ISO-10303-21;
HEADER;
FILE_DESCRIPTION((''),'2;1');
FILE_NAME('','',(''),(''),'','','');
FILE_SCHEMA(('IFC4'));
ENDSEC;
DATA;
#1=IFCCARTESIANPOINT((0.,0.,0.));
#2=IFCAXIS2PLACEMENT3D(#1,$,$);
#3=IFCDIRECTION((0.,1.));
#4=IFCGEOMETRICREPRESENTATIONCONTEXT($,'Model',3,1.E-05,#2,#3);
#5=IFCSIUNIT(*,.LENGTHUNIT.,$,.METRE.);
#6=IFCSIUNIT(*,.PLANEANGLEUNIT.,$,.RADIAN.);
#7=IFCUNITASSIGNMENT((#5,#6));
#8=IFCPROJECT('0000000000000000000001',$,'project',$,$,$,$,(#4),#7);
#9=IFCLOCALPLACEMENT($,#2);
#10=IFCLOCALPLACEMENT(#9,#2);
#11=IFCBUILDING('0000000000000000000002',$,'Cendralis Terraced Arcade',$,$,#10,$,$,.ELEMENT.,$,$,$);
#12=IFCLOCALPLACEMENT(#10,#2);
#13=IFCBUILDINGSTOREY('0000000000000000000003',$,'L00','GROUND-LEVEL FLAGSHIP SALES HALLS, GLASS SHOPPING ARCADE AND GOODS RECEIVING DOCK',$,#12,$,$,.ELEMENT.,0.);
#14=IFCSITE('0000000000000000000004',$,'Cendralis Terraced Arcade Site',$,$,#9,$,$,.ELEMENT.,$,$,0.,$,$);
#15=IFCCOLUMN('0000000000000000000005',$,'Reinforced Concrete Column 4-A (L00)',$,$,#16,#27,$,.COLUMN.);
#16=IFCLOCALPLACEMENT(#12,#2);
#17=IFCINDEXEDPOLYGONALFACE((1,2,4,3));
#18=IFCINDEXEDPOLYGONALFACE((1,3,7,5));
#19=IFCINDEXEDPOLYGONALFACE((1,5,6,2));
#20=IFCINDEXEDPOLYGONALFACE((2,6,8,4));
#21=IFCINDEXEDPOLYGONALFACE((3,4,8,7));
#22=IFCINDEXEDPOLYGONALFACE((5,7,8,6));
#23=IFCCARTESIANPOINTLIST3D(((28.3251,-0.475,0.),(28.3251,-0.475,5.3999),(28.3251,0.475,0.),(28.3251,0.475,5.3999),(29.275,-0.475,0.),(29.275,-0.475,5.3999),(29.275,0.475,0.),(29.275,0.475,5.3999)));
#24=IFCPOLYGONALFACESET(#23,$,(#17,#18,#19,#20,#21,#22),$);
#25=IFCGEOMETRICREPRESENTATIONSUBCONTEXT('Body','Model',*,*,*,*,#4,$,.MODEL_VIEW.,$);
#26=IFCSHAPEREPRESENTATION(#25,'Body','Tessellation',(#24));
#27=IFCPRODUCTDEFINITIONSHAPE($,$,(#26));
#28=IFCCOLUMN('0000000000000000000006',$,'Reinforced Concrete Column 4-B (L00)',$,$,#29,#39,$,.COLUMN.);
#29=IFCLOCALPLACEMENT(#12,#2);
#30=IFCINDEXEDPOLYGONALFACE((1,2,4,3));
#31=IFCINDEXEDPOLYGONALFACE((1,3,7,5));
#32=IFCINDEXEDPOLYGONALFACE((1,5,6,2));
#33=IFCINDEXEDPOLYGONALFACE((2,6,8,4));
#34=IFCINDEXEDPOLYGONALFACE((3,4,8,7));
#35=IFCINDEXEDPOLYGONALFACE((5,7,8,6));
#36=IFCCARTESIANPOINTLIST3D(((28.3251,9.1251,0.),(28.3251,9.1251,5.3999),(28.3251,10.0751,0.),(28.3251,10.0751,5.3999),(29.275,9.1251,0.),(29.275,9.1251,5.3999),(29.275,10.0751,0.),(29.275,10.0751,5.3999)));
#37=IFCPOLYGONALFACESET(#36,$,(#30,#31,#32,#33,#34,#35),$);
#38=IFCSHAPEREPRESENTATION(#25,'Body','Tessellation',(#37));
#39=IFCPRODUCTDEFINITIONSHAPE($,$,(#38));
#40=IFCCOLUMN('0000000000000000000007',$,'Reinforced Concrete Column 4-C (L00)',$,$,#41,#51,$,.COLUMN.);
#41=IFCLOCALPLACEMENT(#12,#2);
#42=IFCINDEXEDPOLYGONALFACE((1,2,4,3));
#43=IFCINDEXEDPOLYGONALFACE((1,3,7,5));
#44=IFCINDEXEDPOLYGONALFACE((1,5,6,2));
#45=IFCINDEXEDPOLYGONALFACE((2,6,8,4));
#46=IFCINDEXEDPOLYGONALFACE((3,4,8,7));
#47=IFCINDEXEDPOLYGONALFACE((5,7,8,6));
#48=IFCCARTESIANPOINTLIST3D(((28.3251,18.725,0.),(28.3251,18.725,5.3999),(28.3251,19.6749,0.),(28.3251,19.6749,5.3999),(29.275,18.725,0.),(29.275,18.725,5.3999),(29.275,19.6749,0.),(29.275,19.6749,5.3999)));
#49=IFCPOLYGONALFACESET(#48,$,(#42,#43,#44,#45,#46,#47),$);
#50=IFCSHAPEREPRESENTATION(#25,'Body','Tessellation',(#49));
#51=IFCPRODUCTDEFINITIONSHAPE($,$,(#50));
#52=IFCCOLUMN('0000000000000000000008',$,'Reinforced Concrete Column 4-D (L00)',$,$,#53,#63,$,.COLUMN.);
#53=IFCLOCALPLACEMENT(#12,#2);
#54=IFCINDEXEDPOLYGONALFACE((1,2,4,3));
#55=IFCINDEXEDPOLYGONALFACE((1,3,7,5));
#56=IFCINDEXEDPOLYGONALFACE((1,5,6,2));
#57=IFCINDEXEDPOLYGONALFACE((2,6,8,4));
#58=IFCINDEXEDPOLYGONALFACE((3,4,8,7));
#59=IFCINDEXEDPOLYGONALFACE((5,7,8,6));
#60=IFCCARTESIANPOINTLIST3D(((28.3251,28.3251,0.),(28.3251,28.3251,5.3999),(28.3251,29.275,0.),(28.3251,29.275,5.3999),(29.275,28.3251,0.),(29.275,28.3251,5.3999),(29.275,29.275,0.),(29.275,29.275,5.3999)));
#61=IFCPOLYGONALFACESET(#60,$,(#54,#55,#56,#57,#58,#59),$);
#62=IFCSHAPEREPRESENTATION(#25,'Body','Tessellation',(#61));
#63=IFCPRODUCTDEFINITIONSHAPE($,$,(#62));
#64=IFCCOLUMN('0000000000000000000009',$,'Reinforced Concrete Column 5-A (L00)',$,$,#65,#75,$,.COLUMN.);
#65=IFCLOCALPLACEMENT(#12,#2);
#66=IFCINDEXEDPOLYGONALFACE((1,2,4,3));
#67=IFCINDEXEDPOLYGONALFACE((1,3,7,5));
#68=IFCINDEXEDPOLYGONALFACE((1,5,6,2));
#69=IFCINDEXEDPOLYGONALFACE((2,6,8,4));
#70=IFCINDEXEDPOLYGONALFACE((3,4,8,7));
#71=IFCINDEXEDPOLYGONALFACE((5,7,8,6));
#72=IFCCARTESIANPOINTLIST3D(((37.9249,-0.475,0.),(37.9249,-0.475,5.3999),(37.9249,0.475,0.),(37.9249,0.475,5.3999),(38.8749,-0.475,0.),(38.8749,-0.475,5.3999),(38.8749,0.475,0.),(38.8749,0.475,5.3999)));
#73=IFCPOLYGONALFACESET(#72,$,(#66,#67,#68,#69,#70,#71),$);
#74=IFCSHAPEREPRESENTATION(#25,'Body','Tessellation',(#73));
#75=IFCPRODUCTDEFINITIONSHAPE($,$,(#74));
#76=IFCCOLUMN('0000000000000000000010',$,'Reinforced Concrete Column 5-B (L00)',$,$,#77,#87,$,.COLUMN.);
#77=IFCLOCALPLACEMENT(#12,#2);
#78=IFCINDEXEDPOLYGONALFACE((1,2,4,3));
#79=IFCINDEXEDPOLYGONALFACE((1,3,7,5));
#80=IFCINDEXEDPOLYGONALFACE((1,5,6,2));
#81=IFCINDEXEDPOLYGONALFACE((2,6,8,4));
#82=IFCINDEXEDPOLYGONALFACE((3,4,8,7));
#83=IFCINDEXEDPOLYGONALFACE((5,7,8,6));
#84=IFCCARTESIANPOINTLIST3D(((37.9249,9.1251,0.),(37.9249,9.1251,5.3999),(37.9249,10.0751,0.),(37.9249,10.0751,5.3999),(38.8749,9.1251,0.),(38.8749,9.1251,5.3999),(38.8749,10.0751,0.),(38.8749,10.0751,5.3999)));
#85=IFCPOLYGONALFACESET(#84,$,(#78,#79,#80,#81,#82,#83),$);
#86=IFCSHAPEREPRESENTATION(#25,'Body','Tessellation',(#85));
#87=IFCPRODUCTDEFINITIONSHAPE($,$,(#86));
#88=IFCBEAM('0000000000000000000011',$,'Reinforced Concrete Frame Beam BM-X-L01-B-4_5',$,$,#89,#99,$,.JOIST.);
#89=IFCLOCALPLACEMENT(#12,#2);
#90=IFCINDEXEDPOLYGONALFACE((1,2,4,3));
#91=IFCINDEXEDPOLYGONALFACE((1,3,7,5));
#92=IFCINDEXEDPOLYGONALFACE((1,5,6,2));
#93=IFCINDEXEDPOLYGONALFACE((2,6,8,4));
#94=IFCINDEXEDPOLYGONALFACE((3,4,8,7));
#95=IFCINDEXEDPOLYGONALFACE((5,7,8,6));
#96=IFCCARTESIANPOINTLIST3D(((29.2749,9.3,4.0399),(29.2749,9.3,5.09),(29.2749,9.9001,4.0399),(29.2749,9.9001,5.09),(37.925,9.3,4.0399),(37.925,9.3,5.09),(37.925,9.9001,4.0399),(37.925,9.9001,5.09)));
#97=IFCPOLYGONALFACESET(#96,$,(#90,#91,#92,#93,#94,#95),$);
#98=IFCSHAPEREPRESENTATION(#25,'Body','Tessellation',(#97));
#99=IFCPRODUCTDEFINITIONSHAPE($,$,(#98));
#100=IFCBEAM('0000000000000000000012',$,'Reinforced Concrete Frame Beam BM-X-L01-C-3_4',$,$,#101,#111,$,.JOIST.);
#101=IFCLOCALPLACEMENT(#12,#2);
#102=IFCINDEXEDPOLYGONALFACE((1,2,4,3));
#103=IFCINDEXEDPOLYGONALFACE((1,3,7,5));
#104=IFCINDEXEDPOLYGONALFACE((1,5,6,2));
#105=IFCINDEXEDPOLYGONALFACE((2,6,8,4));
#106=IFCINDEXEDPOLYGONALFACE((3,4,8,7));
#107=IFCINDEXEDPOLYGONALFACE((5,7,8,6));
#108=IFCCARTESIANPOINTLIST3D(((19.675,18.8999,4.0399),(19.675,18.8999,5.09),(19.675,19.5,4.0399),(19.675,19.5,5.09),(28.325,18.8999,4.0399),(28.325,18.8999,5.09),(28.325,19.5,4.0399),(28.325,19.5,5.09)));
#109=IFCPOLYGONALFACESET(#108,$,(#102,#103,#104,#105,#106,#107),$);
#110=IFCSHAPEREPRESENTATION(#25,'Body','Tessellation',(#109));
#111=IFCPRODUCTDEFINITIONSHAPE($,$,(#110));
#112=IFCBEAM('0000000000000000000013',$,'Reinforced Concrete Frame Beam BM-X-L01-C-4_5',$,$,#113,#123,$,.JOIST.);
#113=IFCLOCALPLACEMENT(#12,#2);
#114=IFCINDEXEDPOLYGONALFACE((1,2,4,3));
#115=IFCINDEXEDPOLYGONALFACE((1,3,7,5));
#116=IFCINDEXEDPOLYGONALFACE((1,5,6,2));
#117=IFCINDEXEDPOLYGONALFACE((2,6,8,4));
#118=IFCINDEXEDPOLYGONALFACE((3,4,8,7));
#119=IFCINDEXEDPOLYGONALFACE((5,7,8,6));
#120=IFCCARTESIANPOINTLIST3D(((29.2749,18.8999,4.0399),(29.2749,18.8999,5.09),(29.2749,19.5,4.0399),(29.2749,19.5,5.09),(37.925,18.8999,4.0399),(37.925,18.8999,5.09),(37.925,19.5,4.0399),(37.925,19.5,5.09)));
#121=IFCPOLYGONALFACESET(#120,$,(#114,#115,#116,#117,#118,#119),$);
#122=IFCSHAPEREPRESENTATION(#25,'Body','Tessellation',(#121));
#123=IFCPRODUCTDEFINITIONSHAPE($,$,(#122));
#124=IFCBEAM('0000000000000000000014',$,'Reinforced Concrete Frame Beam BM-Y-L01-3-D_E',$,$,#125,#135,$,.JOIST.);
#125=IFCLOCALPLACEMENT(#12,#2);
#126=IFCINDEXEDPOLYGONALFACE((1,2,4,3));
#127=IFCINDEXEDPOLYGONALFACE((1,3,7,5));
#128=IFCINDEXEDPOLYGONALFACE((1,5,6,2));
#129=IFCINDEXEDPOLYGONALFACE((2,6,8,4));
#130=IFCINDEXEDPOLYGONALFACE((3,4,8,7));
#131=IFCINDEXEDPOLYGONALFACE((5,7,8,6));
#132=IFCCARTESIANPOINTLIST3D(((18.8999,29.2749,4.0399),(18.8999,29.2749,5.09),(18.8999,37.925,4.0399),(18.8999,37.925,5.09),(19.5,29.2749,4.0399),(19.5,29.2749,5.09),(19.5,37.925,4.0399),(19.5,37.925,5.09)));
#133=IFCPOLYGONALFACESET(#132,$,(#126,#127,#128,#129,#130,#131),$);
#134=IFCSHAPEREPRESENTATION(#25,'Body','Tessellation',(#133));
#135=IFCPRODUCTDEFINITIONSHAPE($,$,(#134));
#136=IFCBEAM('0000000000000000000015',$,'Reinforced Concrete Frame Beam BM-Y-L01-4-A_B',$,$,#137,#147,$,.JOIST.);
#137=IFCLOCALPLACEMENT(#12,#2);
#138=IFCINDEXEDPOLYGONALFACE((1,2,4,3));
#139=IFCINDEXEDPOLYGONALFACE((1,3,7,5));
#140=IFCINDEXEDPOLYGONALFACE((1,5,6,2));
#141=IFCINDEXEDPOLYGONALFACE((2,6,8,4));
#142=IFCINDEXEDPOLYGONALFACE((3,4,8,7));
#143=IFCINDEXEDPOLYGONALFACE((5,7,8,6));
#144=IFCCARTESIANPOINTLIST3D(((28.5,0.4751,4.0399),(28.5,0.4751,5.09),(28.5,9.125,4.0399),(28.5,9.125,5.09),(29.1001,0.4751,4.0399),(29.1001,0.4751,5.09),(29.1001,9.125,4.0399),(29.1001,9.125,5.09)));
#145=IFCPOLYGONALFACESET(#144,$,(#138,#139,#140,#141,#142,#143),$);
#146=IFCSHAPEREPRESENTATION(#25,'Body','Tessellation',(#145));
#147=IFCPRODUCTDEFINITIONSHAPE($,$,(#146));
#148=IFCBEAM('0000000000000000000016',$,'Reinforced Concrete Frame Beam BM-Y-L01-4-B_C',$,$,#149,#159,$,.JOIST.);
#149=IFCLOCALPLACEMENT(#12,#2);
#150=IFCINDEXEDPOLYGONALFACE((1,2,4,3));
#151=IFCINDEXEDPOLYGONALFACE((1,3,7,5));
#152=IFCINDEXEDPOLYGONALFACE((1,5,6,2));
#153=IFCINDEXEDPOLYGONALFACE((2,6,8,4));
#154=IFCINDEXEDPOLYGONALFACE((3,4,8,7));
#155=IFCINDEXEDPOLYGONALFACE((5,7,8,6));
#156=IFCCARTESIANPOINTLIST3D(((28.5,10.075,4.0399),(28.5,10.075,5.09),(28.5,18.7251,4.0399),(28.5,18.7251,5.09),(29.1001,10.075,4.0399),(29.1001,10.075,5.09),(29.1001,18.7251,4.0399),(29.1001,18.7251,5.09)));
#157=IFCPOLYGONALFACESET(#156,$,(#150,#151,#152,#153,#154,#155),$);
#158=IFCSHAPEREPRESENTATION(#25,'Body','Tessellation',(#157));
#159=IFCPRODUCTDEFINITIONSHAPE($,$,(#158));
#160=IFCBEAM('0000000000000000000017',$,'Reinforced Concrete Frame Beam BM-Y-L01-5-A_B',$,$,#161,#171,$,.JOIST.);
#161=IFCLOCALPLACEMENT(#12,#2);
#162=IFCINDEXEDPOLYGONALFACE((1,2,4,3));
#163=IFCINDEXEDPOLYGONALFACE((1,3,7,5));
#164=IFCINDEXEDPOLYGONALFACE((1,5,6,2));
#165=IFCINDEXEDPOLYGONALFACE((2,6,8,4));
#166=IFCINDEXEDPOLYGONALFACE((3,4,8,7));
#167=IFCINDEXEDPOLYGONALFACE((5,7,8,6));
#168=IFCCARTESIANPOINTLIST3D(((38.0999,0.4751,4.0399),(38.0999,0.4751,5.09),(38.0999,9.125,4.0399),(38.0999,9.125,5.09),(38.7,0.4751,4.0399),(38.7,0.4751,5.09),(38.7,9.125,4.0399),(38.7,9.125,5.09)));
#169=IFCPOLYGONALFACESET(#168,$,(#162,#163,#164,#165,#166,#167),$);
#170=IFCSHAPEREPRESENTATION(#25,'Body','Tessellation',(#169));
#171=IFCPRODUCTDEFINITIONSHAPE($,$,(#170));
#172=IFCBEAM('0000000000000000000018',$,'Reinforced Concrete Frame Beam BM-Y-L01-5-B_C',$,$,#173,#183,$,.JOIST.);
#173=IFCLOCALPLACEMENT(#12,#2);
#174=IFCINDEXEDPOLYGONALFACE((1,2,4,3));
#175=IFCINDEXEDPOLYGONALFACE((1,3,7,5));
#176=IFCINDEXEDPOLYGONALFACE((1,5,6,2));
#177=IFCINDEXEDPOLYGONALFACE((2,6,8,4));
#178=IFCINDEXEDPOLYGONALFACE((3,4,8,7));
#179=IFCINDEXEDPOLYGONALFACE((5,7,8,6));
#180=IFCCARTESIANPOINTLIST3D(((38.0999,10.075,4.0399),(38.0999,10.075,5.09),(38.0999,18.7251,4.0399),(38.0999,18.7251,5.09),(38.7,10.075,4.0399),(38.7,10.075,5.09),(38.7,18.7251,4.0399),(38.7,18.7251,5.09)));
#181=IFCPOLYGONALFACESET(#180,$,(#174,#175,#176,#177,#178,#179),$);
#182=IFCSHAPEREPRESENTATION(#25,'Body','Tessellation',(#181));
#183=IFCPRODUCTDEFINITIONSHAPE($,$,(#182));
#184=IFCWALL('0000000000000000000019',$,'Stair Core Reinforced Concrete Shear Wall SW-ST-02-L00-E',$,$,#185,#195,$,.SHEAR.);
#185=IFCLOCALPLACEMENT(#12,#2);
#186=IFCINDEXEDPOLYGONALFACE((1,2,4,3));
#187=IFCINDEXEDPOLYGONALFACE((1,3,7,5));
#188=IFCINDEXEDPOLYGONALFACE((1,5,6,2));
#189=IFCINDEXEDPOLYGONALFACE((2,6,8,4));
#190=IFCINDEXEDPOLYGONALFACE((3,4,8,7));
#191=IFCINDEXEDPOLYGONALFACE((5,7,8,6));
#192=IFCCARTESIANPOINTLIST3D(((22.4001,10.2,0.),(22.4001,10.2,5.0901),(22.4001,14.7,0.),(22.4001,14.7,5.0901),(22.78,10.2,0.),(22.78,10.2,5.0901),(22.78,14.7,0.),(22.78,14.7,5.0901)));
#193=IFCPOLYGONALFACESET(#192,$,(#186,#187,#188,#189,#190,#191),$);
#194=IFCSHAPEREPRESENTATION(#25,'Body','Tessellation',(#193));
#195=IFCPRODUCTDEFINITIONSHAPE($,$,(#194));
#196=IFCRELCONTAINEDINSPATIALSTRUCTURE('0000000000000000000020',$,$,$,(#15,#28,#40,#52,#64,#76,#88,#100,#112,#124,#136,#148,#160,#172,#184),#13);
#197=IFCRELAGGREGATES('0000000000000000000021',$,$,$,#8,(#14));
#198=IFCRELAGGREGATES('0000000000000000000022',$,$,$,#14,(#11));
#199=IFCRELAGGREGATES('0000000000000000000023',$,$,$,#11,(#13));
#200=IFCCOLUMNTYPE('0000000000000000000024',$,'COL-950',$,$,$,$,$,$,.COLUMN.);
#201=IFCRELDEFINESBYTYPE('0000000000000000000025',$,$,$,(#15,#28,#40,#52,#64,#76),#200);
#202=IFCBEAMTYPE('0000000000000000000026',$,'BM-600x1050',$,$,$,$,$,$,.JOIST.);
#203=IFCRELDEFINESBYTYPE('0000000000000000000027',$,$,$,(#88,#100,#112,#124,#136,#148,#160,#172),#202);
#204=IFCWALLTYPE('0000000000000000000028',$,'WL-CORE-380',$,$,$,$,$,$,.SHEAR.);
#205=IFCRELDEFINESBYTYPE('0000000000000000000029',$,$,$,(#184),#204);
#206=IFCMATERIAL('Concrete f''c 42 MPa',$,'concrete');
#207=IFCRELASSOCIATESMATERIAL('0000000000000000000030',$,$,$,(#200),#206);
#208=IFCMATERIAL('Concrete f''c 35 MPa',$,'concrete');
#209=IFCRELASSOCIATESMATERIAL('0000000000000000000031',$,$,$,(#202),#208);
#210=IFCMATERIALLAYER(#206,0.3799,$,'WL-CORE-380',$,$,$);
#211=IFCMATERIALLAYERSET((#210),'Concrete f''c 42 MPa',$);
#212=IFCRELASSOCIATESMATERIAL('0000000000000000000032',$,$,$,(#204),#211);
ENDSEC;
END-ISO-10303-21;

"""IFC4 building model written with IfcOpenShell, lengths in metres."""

from ifc_helpers import new_model, si_unit, direction, frame, frame_2d, origin, origin_2d, place, context, subcontext, project, spatial, rectangle, extrude, material, layer, layer_set, material_profile, profile_set, type_object, element, save


model = new_model("IFC4")

# Units and contexts
model_context = context("Model", 3, precision=1e-05, world=origin(), true_north=direction((0.0, 1.0)))
body_context = subcontext(model_context, "Body", "Model", "MODEL_VIEW")
ifc_project = project(units=[si_unit("LENGTHUNIT", "METRE"), si_unit("PLANEANGLEUNIT", "RADIAN")], contexts=[model_context])

# Site, building, storey
site_placement = place(None, origin())
site = spatial("IfcSite", under=ifc_project, at=site_placement, Name="Cendralis Terraced Arcade Site", CompositionType="ELEMENT", RefElevation=0.0)
building_placement = place(site_placement, origin())
building = spatial("IfcBuilding", under=site, at=building_placement, Name="Cendralis Terraced Arcade", CompositionType="ELEMENT")
storey_placement = place(building_placement, origin())
storey = spatial("IfcBuildingStorey", under=building, at=storey_placement, Name="L00", Description="GROUND-LEVEL FLAGSHIP SALES HALLS, GLASS SHOPPING ARCADE AND GOODS RECEIVING DOCK", CompositionType="ELEMENT", Elevation=0.0)

# Columns
ifc_material_1 = material(Name="Concrete f'c 42 MPa", Category="concrete")
ifc_material_profile_1 = material_profile(ifc_material_1, rectangle(XDim=0.95, YDim=0.95, at=origin_2d()), Name="RC-COL-950x950", Category="LoadBearing")
ifc_profile_set_1 = profile_set([ifc_material_profile_1], Name="Concrete f'c 42 MPa")
column_type = type_object("IfcColumnType", Name="COL-950", PredefinedType="COLUMN", material=ifc_profile_set_1)
for number, where, z_axis, x_axis, name in (
    (1, (28.8, 0.0, 0.0), (0.0, 0.0, 1.0), (1.0, 0.0, 0.0), "Reinforced Concrete Column 4-A (L00)"),
    (2, (28.8, 9.6001, 0.0), (0.0, 0.0, 1.0), (1.0, 0.0, 0.0), "Reinforced Concrete Column 4-B (L00)"),
    (3, (28.8, 19.2, 0.0), (0.0, 0.0, 1.0), (1.0, 0.0, 0.0), "Reinforced Concrete Column 4-C (L00)"),
    (4, (28.8, 28.8, 0.0), (0.0, 0.0, 1.0), (1.0, 0.0, 0.0), "Reinforced Concrete Column 4-D (L00)"),
    (5, (38.3999, 0.0, 0.0), (0.0, 0.0, 1.0), (1.0, 0.0, 0.0), "Reinforced Concrete Column 5-A (L00)"),
    (6, (38.3999, 9.6001, 0.0), (0.0, 0.0, 1.0), (1.0, 0.0, 0.0), "Reinforced Concrete Column 5-B (L00)"),
):
    element("IfcColumn", number, at=place(storey_placement, frame(where, z_axis=z_axis, x_axis=x_axis)), inside=storey, type_object=column_type, Name=name, PredefinedType="COLUMN", context=body_context, shape_type="SweptSolid", body=[
        extrude(rectangle(XDim=0.95, YDim=0.95, at=origin_2d()), origin(), (0.0, 0.0, 1.0), 5.3999),
    ])

# Beams
ifc_material_2 = material(Name="Concrete f'c 35 MPa", Category="concrete")
ifc_material_profile_2 = material_profile(ifc_material_2, rectangle(XDim=0.6001, YDim=1.05, at=origin_2d()), Name="RC-BM-600x1050", Category="LoadBearing")
ifc_profile_set_2 = profile_set([ifc_material_profile_2], Name="Concrete f'c 35 MPa")
beam_type = type_object("IfcBeamType", Name="BM-600x1050", PredefinedType="JOIST", material=ifc_profile_set_2)
beam_1_placement = place(storey_placement, frame((29.2749, 9.6001, 4.5649), z_axis=(1.0, 0.0, 0.0), x_axis=(0.0, 1.0, 0.0)))
element("IfcBeam", 7, at=beam_1_placement, inside=storey, type_object=beam_type, Name="Reinforced Concrete Frame Beam BM-X-L01-B-4_5", PredefinedType="JOIST", context=body_context, shape_type="SweptSolid", body=[
    extrude(rectangle(XDim=0.6001, YDim=1.05, at=origin_2d()), origin(), (0.0, 0.0, 1.0), 8.6501),
])
beam_2_placement = place(storey_placement, frame((19.675, 19.2, 4.5649), z_axis=(1.0, 0.0, 0.0), x_axis=(0.0, 1.0, 0.0)))
element("IfcBeam", 8, at=beam_2_placement, inside=storey, type_object=beam_type, Name="Reinforced Concrete Frame Beam BM-X-L01-C-3_4", PredefinedType="JOIST", context=body_context, shape_type="SweptSolid", body=[
    extrude(rectangle(XDim=0.6001, YDim=1.05, at=origin_2d()), origin(), (0.0, 0.0, 1.0), 8.6499),
])
for number, where, z_axis, x_axis, name in (
    (9, (29.2749, 19.2, 4.5649), (1.0, 0.0, 0.0), (0.0, 1.0, 0.0), "Reinforced Concrete Frame Beam BM-X-L01-C-4_5"),
    (10, (19.2, 29.2749, 4.5649), (0.0, 1.0, 0.0), (-1.0, 0.0, 0.0), "Reinforced Concrete Frame Beam BM-Y-L01-3-D_E"),
):
    element("IfcBeam", number, at=place(storey_placement, frame(where, z_axis=z_axis, x_axis=x_axis)), inside=storey, type_object=beam_type, Name=name, PredefinedType="JOIST", context=body_context, shape_type="SweptSolid", body=[
        extrude(rectangle(XDim=0.6001, YDim=1.05, at=origin_2d()), origin(), (0.0, 0.0, 1.0), 8.6501),
    ])
beam_3_placement = place(storey_placement, frame((28.8, 0.4751, 4.5649), z_axis=(0.0, 1.0, 0.0), x_axis=(-1.0, 0.0, 0.0)))
element("IfcBeam", 11, at=beam_3_placement, inside=storey, type_object=beam_type, Name="Reinforced Concrete Frame Beam BM-Y-L01-4-A_B", PredefinedType="JOIST", context=body_context, shape_type="SweptSolid", body=[
    extrude(rectangle(XDim=0.6001, YDim=1.05, at=origin_2d()), origin(), (0.0, 0.0, 1.0), 8.6499),
])
beam_4_placement = place(storey_placement, frame((28.8, 10.075, 4.5649), z_axis=(0.0, 1.0, 0.0), x_axis=(-1.0, 0.0, 0.0)))
element("IfcBeam", 12, at=beam_4_placement, inside=storey, type_object=beam_type, Name="Reinforced Concrete Frame Beam BM-Y-L01-4-B_C", PredefinedType="JOIST", context=body_context, shape_type="SweptSolid", body=[
    extrude(rectangle(XDim=0.6001, YDim=1.05, at=origin_2d()), origin(), (0.0, 0.0, 1.0), 8.6501),
])
beam_5_placement = place(storey_placement, frame((38.3999, 0.4751, 4.5649), z_axis=(0.0, 1.0, 0.0), x_axis=(-1.0, 0.0, 0.0)))
element("IfcBeam", 13, at=beam_5_placement, inside=storey, type_object=beam_type, Name="Reinforced Concrete Frame Beam BM-Y-L01-5-A_B", PredefinedType="JOIST", context=body_context, shape_type="SweptSolid", body=[
    extrude(rectangle(XDim=0.6001, YDim=1.05, at=origin_2d()), origin(), (0.0, 0.0, 1.0), 8.6499),
])
beam_6_placement = place(storey_placement, frame((38.3999, 10.075, 4.5649), z_axis=(0.0, 1.0, 0.0), x_axis=(-1.0, 0.0, 0.0)))
element("IfcBeam", 14, at=beam_6_placement, inside=storey, type_object=beam_type, Name="Reinforced Concrete Frame Beam BM-Y-L01-5-B_C", PredefinedType="JOIST", context=body_context, shape_type="SweptSolid", body=[
    extrude(rectangle(XDim=0.6001, YDim=1.05, at=origin_2d()), origin(), (0.0, 0.0, 1.0), 8.6501),
])

# Wall
ifc_layer_1 = layer(ifc_material_1, 0.3799, Name="WL-CORE-380")
ifc_layer_set_1 = layer_set([ifc_layer_1], Name="Concrete f'c 42 MPa")
wall_type_1 = type_object("IfcWallType", Name="WL-CORE-380", PredefinedType="SHEAR", material=ifc_layer_set_1)
wall_1_placement = place(storey_placement, frame((22.5901, 10.2, 0.0), z_axis=(0.0, 0.0, 1.0), x_axis=(0.0, 1.0, 0.0)))
element("IfcWall", 15, at=wall_1_placement, inside=storey, type_object=wall_type_1, Name="Stair Core Reinforced Concrete Shear Wall SW-ST-02-L00-E", PredefinedType="SHEAR", context=body_context, shape_type="SweptSolid", body=[
    extrude(rectangle(XDim=4.5, YDim=0.3799, at=frame_2d((2.25, 0.0))), origin(), (0.0, 0.0, 1.0), 5.0901),
])

save(model, "model.ifc")
